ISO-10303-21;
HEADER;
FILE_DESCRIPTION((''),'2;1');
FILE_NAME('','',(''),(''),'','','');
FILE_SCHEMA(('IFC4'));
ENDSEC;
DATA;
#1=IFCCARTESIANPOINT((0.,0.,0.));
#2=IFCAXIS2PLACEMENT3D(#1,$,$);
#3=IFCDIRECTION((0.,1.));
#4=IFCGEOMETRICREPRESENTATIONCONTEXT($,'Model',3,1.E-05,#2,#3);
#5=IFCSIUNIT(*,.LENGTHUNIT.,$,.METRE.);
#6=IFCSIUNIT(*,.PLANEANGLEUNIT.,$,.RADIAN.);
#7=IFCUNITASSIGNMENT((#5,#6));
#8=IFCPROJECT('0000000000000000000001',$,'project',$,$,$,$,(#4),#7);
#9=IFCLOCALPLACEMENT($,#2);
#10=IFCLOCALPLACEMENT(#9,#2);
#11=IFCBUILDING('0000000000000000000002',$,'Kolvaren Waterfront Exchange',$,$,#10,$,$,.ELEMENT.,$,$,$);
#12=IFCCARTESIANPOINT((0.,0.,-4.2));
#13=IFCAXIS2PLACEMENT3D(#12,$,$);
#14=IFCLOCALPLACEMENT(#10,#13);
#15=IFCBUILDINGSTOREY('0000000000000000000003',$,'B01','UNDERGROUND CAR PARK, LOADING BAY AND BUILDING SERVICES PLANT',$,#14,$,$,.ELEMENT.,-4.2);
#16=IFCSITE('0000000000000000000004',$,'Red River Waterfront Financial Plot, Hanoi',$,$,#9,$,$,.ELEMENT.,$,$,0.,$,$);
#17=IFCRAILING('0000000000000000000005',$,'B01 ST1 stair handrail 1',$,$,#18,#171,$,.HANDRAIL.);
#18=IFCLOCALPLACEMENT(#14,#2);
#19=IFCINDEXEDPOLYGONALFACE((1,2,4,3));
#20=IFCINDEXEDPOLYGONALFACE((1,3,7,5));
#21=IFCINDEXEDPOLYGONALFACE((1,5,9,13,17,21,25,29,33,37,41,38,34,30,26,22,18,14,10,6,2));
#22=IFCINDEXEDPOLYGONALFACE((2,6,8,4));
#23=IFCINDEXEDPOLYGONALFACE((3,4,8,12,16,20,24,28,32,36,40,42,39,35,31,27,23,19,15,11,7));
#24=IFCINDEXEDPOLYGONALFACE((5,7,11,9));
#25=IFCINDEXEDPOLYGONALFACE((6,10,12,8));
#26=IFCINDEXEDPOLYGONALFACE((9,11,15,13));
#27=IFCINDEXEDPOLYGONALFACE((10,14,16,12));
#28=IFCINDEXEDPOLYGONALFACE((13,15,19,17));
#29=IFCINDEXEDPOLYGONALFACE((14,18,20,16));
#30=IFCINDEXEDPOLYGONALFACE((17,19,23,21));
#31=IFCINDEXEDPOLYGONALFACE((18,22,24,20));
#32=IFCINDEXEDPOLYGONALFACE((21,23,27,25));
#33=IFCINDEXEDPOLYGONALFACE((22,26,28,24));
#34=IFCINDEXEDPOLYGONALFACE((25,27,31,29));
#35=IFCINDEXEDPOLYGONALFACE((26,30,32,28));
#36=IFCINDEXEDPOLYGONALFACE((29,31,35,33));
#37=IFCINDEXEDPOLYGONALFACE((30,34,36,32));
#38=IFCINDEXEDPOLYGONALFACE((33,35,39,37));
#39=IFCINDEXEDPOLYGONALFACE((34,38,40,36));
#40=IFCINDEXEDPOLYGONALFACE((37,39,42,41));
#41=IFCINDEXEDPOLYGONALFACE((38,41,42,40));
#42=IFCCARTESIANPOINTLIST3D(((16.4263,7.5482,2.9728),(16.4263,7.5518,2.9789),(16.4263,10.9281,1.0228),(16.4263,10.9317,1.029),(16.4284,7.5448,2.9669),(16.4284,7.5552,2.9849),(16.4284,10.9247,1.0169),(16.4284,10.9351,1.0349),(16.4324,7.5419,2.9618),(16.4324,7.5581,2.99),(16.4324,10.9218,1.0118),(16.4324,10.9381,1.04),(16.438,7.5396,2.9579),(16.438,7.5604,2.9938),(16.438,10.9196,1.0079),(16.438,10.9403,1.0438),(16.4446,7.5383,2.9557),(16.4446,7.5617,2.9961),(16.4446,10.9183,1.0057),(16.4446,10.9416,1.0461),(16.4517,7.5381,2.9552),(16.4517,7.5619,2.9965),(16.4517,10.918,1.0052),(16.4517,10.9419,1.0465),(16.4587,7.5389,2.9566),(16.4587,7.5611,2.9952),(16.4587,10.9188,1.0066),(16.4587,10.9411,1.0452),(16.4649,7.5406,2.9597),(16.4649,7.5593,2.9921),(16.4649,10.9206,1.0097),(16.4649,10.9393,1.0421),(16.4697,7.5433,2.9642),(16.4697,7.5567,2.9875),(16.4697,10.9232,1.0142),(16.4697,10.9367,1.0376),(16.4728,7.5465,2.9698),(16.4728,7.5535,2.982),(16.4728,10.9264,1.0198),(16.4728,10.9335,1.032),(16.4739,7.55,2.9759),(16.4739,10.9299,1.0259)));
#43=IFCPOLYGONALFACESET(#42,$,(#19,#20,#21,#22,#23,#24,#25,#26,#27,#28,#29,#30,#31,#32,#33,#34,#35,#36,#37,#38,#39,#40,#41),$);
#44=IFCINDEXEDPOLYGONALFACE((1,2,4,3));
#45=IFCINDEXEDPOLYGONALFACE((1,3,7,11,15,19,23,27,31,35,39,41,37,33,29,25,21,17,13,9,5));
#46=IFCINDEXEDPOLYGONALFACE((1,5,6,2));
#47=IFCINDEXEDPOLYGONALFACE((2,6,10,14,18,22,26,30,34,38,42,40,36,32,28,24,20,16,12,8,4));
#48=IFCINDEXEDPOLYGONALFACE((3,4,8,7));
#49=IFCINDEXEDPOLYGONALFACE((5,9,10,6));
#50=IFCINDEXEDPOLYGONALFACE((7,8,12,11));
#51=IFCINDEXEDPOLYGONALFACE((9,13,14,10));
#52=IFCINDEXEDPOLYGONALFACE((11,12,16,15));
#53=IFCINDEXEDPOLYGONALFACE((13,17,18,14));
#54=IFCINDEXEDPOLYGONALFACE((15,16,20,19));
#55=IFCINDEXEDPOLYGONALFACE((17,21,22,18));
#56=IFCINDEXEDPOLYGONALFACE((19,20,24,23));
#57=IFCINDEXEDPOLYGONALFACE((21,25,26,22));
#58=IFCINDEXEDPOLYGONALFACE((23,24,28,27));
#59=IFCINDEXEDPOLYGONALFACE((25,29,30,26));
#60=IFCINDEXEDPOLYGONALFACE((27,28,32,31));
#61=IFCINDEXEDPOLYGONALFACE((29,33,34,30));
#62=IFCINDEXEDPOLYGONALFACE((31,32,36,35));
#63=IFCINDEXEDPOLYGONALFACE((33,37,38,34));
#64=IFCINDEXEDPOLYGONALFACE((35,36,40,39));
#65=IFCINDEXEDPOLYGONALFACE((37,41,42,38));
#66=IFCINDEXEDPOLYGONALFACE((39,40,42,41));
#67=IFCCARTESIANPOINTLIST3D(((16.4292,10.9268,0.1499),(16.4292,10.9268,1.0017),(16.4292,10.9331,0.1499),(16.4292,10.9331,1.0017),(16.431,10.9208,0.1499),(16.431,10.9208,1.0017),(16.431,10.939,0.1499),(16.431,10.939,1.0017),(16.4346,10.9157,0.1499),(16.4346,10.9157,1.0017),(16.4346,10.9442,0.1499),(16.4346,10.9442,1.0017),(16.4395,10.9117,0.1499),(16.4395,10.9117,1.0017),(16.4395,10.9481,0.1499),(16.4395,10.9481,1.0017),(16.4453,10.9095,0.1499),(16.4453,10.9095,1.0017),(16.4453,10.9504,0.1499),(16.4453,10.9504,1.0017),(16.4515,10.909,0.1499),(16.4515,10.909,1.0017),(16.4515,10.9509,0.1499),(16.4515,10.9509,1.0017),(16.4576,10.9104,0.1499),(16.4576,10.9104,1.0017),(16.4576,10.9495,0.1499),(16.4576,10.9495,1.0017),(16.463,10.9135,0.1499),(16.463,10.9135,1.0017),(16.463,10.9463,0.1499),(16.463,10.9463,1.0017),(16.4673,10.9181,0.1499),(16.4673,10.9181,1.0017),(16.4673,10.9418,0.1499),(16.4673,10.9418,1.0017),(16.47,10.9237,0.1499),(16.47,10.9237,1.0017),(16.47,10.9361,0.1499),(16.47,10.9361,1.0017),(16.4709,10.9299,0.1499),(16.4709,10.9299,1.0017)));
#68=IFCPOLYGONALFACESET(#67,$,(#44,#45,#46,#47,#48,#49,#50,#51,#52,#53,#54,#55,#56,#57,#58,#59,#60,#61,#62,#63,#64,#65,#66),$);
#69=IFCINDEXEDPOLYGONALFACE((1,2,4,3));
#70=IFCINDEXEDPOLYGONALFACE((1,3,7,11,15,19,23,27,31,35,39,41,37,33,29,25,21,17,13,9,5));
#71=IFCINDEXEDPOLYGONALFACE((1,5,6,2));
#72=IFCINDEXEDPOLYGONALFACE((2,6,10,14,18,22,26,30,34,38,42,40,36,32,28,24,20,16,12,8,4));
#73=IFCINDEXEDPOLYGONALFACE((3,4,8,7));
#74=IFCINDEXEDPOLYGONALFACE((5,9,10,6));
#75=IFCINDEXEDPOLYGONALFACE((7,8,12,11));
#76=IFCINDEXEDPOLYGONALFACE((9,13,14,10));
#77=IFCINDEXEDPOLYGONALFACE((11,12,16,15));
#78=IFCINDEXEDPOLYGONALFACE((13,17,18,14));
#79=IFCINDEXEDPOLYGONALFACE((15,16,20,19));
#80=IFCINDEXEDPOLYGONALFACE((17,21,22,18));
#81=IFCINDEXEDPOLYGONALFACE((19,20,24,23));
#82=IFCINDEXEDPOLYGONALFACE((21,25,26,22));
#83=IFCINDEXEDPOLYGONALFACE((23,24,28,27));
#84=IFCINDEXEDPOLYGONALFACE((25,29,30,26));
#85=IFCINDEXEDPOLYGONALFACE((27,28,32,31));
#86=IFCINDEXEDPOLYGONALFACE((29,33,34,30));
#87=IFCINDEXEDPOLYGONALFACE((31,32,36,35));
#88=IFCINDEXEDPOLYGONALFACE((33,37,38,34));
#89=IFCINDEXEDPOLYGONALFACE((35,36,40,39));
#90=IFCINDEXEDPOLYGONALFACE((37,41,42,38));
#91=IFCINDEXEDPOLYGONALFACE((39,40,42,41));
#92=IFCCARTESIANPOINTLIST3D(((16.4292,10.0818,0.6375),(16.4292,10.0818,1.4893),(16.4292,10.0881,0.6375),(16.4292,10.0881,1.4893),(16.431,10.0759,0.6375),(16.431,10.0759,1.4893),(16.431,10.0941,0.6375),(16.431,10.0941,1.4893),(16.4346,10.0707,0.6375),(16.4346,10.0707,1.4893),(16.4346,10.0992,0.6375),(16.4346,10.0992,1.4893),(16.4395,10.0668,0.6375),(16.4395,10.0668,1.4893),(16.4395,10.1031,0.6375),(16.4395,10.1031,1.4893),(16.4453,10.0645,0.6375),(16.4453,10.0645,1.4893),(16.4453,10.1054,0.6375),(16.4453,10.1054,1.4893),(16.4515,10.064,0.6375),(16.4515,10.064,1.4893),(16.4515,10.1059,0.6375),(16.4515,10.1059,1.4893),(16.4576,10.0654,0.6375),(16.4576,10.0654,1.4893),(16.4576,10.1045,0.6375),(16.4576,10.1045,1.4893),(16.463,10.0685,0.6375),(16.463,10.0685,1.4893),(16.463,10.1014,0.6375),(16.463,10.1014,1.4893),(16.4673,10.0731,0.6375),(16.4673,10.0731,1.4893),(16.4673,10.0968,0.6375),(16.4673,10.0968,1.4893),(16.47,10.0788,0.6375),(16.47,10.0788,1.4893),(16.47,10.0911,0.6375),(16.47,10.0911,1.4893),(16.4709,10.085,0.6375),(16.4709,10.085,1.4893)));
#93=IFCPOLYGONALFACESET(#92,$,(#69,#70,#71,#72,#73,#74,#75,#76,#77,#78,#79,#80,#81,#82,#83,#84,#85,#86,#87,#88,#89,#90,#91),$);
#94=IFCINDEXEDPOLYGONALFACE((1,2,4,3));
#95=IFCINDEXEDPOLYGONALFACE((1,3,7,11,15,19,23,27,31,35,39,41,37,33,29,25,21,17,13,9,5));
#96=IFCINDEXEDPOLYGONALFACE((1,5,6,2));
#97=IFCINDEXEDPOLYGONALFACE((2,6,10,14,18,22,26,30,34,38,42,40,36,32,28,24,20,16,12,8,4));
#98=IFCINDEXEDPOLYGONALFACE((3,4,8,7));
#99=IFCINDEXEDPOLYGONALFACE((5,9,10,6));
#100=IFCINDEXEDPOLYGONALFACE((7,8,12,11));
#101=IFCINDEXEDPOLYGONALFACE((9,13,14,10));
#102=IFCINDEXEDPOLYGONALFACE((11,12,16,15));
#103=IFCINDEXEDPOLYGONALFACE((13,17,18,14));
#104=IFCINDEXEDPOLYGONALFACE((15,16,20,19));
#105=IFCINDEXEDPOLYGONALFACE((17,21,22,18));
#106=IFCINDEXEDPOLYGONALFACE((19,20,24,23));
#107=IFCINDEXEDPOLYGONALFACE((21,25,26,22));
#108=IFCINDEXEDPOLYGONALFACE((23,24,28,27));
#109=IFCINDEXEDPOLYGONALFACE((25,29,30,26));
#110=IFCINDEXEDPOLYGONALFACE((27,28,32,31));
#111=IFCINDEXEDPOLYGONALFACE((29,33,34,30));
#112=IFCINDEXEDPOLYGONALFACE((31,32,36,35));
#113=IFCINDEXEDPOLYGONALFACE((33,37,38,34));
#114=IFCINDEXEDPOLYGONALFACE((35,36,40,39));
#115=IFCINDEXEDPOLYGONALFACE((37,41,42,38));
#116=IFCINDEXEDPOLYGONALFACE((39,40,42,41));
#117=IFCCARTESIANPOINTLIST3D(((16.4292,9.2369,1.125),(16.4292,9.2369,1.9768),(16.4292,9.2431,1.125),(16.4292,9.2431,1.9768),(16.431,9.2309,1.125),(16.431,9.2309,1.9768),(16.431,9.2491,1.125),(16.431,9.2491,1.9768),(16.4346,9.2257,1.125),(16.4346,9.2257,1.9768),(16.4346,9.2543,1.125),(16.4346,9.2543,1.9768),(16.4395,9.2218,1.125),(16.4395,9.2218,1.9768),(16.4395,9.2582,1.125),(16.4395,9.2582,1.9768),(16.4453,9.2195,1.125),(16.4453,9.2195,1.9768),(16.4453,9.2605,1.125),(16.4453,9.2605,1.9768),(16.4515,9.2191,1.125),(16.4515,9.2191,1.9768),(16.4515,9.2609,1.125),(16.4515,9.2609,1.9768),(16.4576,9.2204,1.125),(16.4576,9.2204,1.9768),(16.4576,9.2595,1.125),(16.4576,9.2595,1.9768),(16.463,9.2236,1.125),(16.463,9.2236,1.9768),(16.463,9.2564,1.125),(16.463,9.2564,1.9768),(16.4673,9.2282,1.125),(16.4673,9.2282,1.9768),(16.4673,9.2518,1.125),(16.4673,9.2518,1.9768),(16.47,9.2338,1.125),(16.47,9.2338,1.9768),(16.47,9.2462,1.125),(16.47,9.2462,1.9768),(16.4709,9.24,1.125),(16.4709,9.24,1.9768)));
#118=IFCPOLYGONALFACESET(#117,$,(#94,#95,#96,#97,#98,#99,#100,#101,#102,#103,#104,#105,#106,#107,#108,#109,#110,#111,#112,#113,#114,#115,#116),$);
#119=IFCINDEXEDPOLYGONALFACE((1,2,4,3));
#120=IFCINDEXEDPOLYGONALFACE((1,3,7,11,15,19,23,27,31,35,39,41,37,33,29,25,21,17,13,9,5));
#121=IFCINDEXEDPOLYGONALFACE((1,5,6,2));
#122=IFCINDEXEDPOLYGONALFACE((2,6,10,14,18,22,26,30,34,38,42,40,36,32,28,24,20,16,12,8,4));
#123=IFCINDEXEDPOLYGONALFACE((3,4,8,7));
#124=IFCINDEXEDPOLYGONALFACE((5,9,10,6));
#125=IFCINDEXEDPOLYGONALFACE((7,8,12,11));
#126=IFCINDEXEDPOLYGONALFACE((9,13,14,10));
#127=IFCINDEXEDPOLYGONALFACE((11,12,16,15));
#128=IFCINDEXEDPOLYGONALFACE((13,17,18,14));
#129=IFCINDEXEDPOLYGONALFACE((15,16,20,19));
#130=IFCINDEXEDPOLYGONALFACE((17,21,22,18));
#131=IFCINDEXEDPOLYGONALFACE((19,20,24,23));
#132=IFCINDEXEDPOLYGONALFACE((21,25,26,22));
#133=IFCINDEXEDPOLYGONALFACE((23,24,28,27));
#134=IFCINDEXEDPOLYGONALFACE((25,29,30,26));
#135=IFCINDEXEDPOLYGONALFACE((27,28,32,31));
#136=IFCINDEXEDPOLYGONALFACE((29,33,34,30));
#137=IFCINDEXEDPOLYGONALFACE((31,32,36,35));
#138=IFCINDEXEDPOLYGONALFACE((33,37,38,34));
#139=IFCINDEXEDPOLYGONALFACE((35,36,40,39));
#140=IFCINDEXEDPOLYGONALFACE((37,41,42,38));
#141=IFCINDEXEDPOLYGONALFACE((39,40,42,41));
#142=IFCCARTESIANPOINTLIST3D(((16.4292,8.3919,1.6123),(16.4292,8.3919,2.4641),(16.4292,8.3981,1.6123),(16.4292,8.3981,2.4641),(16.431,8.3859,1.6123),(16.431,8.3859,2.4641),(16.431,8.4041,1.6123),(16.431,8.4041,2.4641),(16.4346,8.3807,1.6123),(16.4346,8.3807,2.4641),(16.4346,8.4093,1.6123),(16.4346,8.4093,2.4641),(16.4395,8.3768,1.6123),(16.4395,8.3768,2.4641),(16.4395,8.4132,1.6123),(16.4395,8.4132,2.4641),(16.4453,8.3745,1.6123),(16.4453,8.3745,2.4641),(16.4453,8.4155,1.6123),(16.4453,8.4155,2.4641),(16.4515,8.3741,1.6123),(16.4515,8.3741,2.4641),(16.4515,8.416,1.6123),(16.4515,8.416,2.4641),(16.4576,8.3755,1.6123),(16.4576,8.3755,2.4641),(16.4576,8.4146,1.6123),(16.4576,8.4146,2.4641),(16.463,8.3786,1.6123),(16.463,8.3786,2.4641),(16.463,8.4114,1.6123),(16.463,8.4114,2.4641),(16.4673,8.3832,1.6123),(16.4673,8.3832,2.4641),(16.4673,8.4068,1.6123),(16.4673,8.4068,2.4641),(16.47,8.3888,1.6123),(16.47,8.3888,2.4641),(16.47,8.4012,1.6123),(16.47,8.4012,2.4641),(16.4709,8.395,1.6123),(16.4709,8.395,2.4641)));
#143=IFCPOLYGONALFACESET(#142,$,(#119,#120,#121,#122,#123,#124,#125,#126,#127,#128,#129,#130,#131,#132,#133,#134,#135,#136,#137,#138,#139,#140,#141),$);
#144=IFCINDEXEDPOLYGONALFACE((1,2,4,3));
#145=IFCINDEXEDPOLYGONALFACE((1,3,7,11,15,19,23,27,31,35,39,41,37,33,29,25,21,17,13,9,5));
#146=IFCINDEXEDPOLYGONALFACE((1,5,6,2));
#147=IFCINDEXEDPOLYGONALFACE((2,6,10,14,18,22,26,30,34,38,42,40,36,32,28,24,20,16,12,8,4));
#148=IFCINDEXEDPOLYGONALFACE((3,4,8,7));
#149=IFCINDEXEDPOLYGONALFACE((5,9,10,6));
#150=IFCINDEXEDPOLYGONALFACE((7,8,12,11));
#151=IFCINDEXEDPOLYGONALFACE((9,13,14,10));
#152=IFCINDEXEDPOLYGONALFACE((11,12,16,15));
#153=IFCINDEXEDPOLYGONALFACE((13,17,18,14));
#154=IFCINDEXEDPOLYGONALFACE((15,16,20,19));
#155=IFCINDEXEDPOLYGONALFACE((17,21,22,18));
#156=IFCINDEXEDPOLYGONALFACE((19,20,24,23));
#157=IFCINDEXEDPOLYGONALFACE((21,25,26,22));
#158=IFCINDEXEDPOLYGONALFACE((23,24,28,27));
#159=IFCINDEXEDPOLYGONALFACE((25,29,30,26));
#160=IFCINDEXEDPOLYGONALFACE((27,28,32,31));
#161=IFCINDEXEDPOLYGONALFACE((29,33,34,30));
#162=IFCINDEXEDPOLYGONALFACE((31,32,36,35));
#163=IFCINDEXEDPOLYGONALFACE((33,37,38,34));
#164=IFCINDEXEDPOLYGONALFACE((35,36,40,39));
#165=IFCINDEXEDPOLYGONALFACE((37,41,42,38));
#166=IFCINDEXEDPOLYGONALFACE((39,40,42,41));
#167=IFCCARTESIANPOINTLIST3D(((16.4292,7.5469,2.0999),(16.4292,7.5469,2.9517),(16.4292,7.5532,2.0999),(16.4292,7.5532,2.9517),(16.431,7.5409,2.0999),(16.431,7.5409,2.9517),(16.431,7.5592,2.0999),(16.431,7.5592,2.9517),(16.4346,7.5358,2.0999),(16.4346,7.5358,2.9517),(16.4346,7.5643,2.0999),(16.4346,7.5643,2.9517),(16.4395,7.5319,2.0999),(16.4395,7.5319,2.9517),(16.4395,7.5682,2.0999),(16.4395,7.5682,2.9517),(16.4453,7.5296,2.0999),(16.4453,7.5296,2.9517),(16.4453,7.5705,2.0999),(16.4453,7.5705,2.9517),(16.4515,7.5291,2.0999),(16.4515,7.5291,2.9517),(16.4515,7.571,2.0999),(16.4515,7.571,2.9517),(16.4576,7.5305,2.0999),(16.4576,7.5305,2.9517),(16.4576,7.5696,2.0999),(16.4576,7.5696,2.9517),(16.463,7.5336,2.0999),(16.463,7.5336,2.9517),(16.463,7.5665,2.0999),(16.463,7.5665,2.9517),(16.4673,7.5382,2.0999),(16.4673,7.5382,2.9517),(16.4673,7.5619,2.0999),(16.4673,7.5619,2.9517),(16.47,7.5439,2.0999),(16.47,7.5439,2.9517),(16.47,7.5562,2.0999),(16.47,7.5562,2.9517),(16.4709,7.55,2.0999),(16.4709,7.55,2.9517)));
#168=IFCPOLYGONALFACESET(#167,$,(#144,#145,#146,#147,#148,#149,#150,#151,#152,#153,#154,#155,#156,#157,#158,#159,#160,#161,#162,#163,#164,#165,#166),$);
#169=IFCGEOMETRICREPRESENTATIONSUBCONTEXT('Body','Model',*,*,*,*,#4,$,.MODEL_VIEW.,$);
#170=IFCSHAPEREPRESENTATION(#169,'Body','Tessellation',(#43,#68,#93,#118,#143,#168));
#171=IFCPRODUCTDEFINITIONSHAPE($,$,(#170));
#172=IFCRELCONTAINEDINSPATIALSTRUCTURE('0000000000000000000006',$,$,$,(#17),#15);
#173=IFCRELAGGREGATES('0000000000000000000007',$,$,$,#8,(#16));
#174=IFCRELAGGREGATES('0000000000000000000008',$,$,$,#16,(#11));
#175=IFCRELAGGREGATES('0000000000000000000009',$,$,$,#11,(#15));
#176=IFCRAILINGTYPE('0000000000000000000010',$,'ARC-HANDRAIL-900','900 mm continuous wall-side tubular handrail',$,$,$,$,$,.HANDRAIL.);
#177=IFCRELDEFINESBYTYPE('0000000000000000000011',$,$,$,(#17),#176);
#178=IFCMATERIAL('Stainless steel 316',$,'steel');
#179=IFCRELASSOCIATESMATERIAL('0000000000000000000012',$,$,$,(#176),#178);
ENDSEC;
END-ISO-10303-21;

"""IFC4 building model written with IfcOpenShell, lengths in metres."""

from ifc_helpers import new_model, si_unit, direction, frame, origin, origin_2d, place, context, subcontext, project, spatial, circle, extrude, material, type_object, element, save


model = new_model("IFC4")

# Units and contexts
model_context = context("Model", 3, precision=1e-05, world=origin(), true_north=direction((0.0, 1.0)))
body_context = subcontext(model_context, "Body", "Model", "MODEL_VIEW")
ifc_project = project(units=[si_unit("LENGTHUNIT", "METRE"), si_unit("PLANEANGLEUNIT", "RADIAN")], contexts=[model_context])

# Site, building, storey
site_placement = place(None, origin())
site = spatial("IfcSite", under=ifc_project, at=site_placement, Name="Red River Waterfront Financial Plot, Hanoi", CompositionType="ELEMENT", RefElevation=0.0)
building_placement = place(site_placement, origin())
building = spatial("IfcBuilding", under=site, at=building_placement, Name="Kolvaren Waterfront Exchange", CompositionType="ELEMENT")
storey_placement = place(building_placement, frame((0.0, 0.0, -4.2)))
storey = spatial("IfcBuildingStorey", under=building, at=storey_placement, Name="B01", Description="UNDERGROUND CAR PARK, LOADING BAY AND BUILDING SERVICES PLANT", CompositionType="ELEMENT", Elevation=-4.2)

# Railing
ifc_material_1 = material(Name="Stainless steel 316", Category="steel")
railing_type_1 = type_object("IfcRailingType", Name="ARC-HANDRAIL-900", Description="900 mm continuous wall-side tubular handrail", PredefinedType="HANDRAIL", material=ifc_material_1)
railing_1_placement = place(storey_placement, frame((16.45, 10.9299, 0.1499)))
element("IfcRailing", 1, at=railing_1_placement, inside=storey, type_object=railing_type_1, Name="B01 ST1 stair handrail 1", PredefinedType="HANDRAIL", context=body_context, shape_type="SweptSolid", body=[
    extrude(circle(Radius=0.0239, at=origin_2d()), frame((0.0, 0.0, 0.876), z_axis=(0.0, -0.866184, 0.499726), x_axis=(1.0, 0.0, 0.0)), (0.0, 0.0, 1.0), 3.9021),
    extrude(circle(Radius=0.021, at=origin_2d()), origin(), (0.0, 0.0, 1.0), 0.8518),
    extrude(circle(Radius=0.021, at=origin_2d()), frame((0.0, -0.845, 0.4875)), (0.0, 0.0, 1.0), 0.8518),
    extrude(circle(Radius=0.021, at=origin_2d()), frame((0.0, -1.6899, 0.9751)), (0.0, 0.0, 1.0), 0.8518),
    extrude(circle(Radius=0.021, at=origin_2d()), frame((0.0, -2.5349, 1.4624)), (0.0, 0.0, 1.0), 0.8518),
    extrude(circle(Radius=0.021, at=origin_2d()), frame((0.0, -3.3799, 1.95)), (0.0, 0.0, 1.0), 0.8518),
])

save(model, "model.ifc")
